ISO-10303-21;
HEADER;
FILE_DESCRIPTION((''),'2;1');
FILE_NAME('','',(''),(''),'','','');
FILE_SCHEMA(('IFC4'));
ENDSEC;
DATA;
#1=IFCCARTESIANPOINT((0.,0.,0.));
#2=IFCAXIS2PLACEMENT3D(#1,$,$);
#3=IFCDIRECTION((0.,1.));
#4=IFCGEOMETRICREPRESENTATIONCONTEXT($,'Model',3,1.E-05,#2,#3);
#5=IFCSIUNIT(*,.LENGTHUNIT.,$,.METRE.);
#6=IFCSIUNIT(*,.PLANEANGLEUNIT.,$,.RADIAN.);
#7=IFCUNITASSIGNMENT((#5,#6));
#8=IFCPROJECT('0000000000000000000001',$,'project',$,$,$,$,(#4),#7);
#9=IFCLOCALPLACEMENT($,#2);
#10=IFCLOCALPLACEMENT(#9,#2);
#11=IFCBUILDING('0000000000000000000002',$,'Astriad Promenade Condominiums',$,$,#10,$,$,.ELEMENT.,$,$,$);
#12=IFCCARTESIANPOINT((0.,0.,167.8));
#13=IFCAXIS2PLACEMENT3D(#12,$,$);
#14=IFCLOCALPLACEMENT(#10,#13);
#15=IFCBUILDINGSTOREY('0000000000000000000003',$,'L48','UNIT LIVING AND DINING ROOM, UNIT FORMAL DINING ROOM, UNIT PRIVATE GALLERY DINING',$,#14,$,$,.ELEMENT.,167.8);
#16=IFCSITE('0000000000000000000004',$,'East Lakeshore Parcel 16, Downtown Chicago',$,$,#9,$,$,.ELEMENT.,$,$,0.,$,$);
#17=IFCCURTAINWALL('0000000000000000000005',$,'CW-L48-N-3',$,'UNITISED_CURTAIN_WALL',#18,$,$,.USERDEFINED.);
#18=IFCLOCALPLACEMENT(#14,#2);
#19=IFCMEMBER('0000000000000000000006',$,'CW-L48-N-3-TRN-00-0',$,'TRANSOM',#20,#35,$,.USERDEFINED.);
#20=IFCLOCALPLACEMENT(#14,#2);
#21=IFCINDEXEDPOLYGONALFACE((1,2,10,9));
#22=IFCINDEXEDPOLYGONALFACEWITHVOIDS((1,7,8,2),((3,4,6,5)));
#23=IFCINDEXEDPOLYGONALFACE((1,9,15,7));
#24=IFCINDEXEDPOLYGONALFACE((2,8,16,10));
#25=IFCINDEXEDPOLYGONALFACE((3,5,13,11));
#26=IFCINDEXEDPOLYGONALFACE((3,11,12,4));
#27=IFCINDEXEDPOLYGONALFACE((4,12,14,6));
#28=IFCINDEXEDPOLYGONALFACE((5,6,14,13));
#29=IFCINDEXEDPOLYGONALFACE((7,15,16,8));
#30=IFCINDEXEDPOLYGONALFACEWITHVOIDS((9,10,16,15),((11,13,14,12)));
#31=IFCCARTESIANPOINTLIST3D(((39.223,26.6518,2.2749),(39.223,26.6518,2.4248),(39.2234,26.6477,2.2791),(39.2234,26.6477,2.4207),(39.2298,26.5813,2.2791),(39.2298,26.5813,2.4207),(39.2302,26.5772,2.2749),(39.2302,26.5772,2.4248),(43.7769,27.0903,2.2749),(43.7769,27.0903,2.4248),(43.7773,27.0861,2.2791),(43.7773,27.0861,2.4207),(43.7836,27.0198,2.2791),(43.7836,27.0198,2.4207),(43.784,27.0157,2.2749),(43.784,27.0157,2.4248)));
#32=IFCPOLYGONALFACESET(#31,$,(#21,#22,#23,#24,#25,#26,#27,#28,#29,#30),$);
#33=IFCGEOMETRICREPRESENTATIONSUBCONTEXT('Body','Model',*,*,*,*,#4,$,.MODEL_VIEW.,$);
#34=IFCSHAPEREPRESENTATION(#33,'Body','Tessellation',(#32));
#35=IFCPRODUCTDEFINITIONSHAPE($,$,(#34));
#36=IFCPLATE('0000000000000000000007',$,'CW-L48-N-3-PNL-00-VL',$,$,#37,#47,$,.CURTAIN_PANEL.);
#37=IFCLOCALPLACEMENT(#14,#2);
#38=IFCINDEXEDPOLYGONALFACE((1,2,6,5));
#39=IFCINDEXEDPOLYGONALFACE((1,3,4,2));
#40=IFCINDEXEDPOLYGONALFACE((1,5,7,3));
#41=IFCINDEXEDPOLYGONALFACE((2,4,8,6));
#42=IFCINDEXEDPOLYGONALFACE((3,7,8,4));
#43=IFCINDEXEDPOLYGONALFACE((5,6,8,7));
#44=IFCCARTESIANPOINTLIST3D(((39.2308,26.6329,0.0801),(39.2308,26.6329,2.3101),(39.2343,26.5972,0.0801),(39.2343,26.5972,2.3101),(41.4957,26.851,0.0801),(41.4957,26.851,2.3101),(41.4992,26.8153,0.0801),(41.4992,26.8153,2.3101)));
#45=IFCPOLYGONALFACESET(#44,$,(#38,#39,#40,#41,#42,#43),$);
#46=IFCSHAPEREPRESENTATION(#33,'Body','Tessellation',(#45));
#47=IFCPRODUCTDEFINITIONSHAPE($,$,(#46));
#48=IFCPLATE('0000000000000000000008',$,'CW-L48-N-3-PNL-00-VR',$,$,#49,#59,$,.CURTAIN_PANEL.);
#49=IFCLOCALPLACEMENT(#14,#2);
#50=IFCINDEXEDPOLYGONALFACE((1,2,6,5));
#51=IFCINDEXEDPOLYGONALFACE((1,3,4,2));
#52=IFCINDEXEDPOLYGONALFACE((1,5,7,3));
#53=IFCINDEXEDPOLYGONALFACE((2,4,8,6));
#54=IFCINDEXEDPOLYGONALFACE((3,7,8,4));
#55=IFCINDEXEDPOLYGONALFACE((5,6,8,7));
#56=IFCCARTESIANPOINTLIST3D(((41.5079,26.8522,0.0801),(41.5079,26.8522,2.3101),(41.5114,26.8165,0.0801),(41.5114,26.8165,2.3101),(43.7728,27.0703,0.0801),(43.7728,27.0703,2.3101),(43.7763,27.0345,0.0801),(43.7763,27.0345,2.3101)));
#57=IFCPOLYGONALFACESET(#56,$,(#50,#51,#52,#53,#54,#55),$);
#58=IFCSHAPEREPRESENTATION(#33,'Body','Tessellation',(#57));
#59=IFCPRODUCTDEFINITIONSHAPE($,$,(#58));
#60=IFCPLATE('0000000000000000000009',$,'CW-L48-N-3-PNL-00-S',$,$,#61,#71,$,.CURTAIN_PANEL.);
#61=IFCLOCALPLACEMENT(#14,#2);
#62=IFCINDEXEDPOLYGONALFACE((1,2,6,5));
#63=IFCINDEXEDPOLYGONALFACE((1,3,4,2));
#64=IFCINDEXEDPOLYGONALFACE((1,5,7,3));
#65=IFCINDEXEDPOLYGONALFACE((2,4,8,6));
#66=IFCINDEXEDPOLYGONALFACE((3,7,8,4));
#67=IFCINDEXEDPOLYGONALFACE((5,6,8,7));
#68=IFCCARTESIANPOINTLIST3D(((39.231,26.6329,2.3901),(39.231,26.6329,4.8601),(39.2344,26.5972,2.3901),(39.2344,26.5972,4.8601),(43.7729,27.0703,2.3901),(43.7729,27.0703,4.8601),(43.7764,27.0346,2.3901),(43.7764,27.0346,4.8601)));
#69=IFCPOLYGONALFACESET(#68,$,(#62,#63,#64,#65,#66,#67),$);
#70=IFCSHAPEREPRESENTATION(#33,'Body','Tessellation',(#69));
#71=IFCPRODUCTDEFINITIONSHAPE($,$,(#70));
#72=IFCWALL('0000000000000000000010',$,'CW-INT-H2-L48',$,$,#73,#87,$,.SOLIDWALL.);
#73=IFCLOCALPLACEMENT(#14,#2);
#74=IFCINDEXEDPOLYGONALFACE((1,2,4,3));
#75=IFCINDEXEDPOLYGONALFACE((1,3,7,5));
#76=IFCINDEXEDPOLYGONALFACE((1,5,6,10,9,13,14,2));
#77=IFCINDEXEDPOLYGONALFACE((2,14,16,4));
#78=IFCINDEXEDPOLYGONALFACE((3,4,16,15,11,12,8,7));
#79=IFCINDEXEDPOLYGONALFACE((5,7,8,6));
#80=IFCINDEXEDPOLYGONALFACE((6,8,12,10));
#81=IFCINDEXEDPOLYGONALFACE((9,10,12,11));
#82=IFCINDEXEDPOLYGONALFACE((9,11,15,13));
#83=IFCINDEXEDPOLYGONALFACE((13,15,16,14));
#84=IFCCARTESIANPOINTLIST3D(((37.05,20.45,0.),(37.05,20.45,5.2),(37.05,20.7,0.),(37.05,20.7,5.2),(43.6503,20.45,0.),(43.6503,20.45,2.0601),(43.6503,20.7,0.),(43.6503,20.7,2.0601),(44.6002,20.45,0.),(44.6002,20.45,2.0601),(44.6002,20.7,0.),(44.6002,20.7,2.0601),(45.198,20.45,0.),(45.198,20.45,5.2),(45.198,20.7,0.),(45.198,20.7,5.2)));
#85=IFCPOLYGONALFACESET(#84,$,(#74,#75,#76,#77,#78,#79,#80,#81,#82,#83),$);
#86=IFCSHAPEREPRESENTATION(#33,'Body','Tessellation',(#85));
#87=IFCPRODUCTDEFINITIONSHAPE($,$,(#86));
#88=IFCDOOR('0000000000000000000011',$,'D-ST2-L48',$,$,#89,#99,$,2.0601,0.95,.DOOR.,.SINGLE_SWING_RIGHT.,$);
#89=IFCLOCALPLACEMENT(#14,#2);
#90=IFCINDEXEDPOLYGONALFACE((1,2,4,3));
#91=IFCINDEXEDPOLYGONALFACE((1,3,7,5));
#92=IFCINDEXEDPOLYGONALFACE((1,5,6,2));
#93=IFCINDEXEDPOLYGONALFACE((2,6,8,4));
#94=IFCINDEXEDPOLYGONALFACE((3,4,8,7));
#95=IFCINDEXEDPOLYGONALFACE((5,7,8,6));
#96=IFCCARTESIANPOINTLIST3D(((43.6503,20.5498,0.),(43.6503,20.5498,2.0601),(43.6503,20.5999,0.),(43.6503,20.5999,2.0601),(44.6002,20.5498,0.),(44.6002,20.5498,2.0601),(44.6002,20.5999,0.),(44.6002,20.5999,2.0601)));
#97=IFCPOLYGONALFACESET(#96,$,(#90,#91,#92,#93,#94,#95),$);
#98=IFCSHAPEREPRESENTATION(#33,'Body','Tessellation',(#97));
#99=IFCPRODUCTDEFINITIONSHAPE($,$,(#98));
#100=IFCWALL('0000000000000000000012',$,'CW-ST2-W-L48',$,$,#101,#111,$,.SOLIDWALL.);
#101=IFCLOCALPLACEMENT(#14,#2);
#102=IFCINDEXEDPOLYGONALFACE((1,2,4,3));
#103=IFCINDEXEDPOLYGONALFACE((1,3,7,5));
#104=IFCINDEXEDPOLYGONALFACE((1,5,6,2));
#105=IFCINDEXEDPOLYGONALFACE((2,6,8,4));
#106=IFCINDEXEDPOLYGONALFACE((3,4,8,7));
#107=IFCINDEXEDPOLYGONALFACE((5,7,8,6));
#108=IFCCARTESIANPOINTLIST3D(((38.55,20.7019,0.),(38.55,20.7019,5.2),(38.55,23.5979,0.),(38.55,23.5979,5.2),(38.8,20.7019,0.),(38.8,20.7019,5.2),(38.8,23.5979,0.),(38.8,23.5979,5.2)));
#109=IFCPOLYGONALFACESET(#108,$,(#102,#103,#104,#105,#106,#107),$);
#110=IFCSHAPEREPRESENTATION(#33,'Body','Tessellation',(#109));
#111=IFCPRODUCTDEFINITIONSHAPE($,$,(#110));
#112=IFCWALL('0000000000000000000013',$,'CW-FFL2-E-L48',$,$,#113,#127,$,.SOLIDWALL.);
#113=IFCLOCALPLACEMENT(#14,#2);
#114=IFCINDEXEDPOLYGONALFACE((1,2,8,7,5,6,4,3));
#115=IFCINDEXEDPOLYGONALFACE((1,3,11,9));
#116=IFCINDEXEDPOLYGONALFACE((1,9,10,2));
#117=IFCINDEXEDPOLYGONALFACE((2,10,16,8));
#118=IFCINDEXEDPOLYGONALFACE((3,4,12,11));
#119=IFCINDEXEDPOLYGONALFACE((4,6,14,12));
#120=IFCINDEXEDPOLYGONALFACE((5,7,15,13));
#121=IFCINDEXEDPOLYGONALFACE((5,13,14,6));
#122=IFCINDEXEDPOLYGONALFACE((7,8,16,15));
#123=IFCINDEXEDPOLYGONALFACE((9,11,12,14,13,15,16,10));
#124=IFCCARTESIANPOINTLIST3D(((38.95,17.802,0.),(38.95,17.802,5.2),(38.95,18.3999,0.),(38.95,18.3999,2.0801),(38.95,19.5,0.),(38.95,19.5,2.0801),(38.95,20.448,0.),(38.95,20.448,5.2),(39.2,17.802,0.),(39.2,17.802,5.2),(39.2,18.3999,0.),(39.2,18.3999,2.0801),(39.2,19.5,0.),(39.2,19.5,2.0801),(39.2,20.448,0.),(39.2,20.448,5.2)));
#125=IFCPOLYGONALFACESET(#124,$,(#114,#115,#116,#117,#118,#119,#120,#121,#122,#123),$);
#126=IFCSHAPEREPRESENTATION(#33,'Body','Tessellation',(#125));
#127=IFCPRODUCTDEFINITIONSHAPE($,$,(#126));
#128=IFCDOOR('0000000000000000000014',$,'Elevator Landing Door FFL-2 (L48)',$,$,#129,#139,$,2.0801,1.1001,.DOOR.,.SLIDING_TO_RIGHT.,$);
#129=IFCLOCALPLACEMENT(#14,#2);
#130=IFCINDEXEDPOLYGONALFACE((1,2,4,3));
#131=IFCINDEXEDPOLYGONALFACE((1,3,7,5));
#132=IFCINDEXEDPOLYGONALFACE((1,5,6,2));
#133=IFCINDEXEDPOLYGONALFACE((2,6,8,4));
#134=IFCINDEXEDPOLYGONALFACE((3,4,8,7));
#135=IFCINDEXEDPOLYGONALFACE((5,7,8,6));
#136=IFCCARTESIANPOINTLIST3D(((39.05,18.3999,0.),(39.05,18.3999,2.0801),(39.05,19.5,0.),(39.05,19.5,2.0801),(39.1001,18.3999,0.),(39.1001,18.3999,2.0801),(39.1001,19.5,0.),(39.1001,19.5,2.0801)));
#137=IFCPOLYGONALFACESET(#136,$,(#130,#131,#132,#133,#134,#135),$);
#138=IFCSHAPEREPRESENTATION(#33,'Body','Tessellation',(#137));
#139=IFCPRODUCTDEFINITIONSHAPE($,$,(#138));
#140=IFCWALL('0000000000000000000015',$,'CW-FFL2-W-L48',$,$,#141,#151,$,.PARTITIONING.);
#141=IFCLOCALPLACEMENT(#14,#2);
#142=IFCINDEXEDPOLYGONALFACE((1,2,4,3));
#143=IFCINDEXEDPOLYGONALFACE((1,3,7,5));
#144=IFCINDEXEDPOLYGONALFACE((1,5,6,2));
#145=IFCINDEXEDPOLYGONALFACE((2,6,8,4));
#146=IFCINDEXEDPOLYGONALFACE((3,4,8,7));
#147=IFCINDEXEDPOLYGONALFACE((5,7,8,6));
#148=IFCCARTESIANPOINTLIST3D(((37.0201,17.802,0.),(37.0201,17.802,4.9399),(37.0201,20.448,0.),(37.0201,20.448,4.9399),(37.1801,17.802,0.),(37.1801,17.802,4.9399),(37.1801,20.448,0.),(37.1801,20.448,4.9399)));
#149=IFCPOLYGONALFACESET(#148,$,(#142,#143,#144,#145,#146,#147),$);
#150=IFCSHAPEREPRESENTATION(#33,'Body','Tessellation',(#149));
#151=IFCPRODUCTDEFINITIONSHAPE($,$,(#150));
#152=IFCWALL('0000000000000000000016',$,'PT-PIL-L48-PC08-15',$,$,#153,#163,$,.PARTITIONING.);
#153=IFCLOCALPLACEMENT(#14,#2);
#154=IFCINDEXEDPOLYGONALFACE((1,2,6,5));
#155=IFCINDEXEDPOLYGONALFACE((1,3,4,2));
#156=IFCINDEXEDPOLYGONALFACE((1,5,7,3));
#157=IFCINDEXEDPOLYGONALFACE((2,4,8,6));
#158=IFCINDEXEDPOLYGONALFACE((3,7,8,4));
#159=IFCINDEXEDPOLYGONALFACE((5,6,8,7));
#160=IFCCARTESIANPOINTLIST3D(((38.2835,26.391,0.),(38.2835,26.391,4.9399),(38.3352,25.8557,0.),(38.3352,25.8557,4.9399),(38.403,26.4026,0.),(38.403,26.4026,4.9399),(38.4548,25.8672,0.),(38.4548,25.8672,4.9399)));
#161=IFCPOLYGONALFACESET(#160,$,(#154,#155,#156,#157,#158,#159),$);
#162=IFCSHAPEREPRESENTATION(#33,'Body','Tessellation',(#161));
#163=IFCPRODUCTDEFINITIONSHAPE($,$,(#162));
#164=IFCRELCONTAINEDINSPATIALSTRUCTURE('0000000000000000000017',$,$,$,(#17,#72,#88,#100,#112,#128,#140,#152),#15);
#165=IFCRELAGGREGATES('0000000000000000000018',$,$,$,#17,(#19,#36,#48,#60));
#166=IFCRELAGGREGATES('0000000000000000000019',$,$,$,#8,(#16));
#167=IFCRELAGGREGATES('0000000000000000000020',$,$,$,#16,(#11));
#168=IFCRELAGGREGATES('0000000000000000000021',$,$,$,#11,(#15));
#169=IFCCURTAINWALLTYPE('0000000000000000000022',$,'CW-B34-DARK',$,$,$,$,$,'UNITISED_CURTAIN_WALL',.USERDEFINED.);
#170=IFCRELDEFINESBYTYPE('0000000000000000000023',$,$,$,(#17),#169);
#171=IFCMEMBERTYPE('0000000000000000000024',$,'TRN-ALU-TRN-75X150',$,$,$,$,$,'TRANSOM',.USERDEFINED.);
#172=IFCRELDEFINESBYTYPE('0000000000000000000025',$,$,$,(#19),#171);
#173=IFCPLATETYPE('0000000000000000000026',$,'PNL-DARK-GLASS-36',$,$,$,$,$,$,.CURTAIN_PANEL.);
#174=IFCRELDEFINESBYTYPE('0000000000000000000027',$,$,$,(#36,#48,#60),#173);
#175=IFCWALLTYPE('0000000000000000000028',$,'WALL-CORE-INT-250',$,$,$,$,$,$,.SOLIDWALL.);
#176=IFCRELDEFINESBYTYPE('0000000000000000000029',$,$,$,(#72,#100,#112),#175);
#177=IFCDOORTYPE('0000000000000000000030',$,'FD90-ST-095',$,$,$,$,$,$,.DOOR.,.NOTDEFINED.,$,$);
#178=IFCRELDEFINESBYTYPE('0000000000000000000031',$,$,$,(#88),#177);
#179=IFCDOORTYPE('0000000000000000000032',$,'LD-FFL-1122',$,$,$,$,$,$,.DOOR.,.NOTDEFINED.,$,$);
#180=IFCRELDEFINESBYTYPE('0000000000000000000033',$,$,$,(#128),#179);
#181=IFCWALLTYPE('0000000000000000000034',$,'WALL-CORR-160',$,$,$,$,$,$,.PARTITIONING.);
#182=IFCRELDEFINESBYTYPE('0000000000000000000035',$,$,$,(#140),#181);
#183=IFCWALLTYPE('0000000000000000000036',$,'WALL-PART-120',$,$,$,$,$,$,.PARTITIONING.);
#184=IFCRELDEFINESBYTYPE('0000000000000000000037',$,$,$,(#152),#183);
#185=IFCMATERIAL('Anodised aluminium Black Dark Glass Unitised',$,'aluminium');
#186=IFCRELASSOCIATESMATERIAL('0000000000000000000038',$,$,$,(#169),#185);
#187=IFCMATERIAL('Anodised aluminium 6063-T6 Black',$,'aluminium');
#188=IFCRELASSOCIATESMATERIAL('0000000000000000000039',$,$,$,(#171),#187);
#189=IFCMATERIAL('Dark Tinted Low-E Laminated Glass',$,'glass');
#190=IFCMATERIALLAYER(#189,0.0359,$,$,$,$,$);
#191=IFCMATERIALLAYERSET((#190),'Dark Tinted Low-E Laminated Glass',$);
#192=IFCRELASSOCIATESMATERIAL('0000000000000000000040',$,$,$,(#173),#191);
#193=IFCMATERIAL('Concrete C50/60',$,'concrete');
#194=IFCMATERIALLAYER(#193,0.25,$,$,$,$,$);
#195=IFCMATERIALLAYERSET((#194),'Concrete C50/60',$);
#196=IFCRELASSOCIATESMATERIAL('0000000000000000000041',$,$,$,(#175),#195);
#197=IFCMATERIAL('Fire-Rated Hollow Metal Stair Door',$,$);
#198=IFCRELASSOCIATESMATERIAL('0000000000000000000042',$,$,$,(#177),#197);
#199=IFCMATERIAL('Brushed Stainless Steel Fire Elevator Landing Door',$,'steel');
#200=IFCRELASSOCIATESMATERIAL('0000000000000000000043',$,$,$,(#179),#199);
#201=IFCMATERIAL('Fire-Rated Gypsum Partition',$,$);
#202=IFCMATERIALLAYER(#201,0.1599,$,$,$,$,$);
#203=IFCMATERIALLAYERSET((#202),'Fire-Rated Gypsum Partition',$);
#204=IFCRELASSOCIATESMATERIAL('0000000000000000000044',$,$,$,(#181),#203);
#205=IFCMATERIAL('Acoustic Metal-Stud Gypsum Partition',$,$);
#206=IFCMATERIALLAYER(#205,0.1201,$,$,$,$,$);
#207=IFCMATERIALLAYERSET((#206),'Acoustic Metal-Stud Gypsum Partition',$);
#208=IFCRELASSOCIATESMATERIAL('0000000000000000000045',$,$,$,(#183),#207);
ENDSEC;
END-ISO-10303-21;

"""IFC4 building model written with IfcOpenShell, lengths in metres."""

from ifc_helpers import new_model, si_unit, direction, frame, frame_2d, origin, origin_2d, place, context, subcontext, project, spatial, rectangle, hollow_rectangle, extrude, source, transform, mapped, material, layer, layer_set, material_profile, profile_set, type_object, type_shapes, element, fill, aggregate, save


model = new_model("IFC4")

# Units and contexts
model_context = context("Model", 3, precision=1e-05, world=origin(), true_north=direction((0.0, 1.0)))
body_context = subcontext(model_context, "Body", "Model", "MODEL_VIEW")
ifc_project = project(units=[si_unit("LENGTHUNIT", "METRE"), si_unit("PLANEANGLEUNIT", "RADIAN")], contexts=[model_context])

# Site, building, storey
site_placement = place(None, origin())
site = spatial("IfcSite", under=ifc_project, at=site_placement, Name="East Lakeshore Parcel 16, Downtown Chicago", CompositionType="ELEMENT", RefElevation=0.0)
building_placement = place(site_placement, origin())
building = spatial("IfcBuilding", under=site, at=building_placement, Name="Astriad Promenade Condominiums", CompositionType="ELEMENT")
storey_placement = place(building_placement, frame((0.0, 0.0, 167.8)))
storey = spatial("IfcBuildingStorey", under=building, at=storey_placement, Name="L48", Description="UNIT LIVING AND DINING ROOM, UNIT FORMAL DINING ROOM, UNIT PRIVATE GALLERY DINING", CompositionType="ELEMENT", Elevation=167.8)

# Shared definitions
ifc_material_1 = material(Name="Concrete C50/60", Category="concrete")

# Curtain wall, member, plates
ifc_material_2 = material(Name="Anodised aluminium Black Dark Glass Unitised", Category="aluminium")
curtain_wall_type = type_object("IfcCurtainWallType", Name="CW-B34-DARK", ElementType="UNITISED_CURTAIN_WALL", PredefinedType="USERDEFINED", material=ifc_material_2)
curtain_wall_placement = place(storey_placement, origin())
curtain_wall = element("IfcCurtainWall", 1, at=curtain_wall_placement, inside=storey, type_object=curtain_wall_type, Name="CW-L48-N-3", ObjectType="UNITISED_CURTAIN_WALL", PredefinedType="USERDEFINED")
ifc_material_3 = material(Name="Anodised aluminium 6063-T6 Black", Category="aluminium")
ifc_material_profile_1 = material_profile(ifc_material_3, hollow_rectangle(XDim=0.075, YDim=0.1499, WallThickness=0.0042, at=origin_2d()), Name="ALU-TRN-75X150")
ifc_profile_set_1 = profile_set([ifc_material_profile_1], Name="Anodised aluminium 6063-T6 Black")
member_type_1 = type_object("IfcMemberType", Name="TRN-ALU-TRN-75X150", ElementType="TRANSOM", PredefinedType="USERDEFINED", material=ifc_profile_set_1)
shared_shape_1 = source(origin(), body_context, "Body", "SweptSolid", [
    extrude(hollow_rectangle(XDim=0.075, YDim=0.1499, WallThickness=0.0042, at=origin_2d()), origin(), (0.0, 0.0, 1.0), 4.575),
])
type_shapes(member_type_1, [shared_shape_1])
member_1_placement = place(storey_placement, frame((39.2266, 26.6145, 2.3499), z_axis=(0.995397, 0.095842, 0.0), x_axis=(-0.095842, 0.995397, 0.0)))
member_1 = element("IfcMember", 2, at=member_1_placement, type_object=member_type_1, Name="CW-L48-N-3-TRN-00-0", ObjectType="TRANSOM", PredefinedType="USERDEFINED", context=body_context, shape_type="MappedRepresentation", body=[
    mapped(shared_shape_1, transform((0.0, 0.0, 0.0), scale=1.0)),
])
ifc_material_4 = material(Name="Dark Tinted Low-E Laminated Glass", Category="glass")
ifc_layer_1 = layer(ifc_material_4, 0.0359)
ifc_layer_set_1 = layer_set([ifc_layer_1], Name="Dark Tinted Low-E Laminated Glass")
plate_type = type_object("IfcPlateType", Name="PNL-DARK-GLASS-36", PredefinedType="CURTAIN_PANEL", material=ifc_layer_set_1)
shared_shape_2 = source(origin(), body_context, "Body", "SweptSolid", [
    extrude(rectangle(XDim=2.2754, YDim=0.0359, at=origin_2d()), origin(), (0.0, 0.0, 1.0), 2.23),
])
plate_1_placement = place(storey_placement, frame((40.365, 26.7241, 0.0801), z_axis=(0.0, 0.0, 1.0), x_axis=(0.995396, 0.095846, 0.0)))
plate_1 = element("IfcPlate", 3, at=plate_1_placement, type_object=plate_type, Name="CW-L48-N-3-PNL-00-VL", PredefinedType="CURTAIN_PANEL", context=body_context, shape_type="MappedRepresentation", body=[
    mapped(shared_shape_2, transform((0.0, 0.0, 0.0), scale=1.0)),
])
plate_2_placement = place(storey_placement, frame((42.6421, 26.9434, 0.0801), z_axis=(0.0, 0.0, 1.0), x_axis=(0.995396, 0.095846, 0.0)))
plate_2 = element("IfcPlate", 4, at=plate_2_placement, type_object=plate_type, Name="CW-L48-N-3-PNL-00-VR", PredefinedType="CURTAIN_PANEL", context=body_context, shape_type="MappedRepresentation", body=[
    mapped(shared_shape_2, transform((0.0, 0.0, 0.0), scale=1.0)),
])
shared_shape_3 = source(origin(), body_context, "Body", "SweptSolid", [
    extrude(rectangle(XDim=4.563, YDim=0.0359, at=origin_2d()), origin(), (0.0, 0.0, 1.0), 2.47),
])
type_shapes(plate_type, [shared_shape_2, shared_shape_3])
plate_3_placement = place(storey_placement, frame((41.5037, 26.8337, 2.3901), z_axis=(0.0, 0.0, 1.0), x_axis=(0.995396, 0.095846, 0.0)))
plate_3 = element("IfcPlate", 5, at=plate_3_placement, type_object=plate_type, Name="CW-L48-N-3-PNL-00-S", PredefinedType="CURTAIN_PANEL", context=body_context, shape_type="MappedRepresentation", body=[
    mapped(shared_shape_3, transform((0.0, 0.0, 0.0), scale=1.0)),
])
aggregate(curtain_wall, [member_1, plate_1, plate_2, plate_3])

# Wall, opening, door
ifc_layer_2 = layer(ifc_material_1, 0.25)
ifc_layer_set_2 = layer_set([ifc_layer_2], Name="Concrete C50/60")
wall_type_1 = type_object("IfcWallType", Name="WALL-CORE-INT-250", PredefinedType="SOLIDWALL", material=ifc_layer_set_2)
wall_1_placement = place(storey_placement, frame((37.05, 20.575, 0.0), z_axis=(0.0, 0.0, 1.0), x_axis=(1.0, 0.0, 0.0)))
wall_1 = element("IfcWall", 6, at=wall_1_placement, inside=storey, type_object=wall_type_1, Name="CW-INT-H2-L48", PredefinedType="SOLIDWALL", context=body_context, shape_type="SweptSolid", body=[
    extrude(rectangle(XDim=8.1479, YDim=0.25, at=frame_2d((4.074, 0.0))), origin(), (0.0, 0.0, 1.0), 5.2),
])
opening_1_placement = place(wall_1_placement, frame((6.6001, 0.0, 0.0)))
opening_1 = element("IfcOpeningElement", 7, at=opening_1_placement, cuts=wall_1, PredefinedType="OPENING", context=body_context, shape_type="SweptSolid", body=[
    extrude(rectangle(XDim=0.95, YDim=2.0601, at=frame_2d((0.4751, 1.03))), frame((0.0, 0.135, 0.0), z_axis=(0.0, -1.0, 0.0), x_axis=(1.0, 0.0, 0.0)), (0.0, 0.0, 1.0), 0.27),
])
ifc_material_5 = material(Name="Fire-Rated Hollow Metal Stair Door")
door_type_1 = type_object("IfcDoorType", Name="FD90-ST-095", OperationType="NOTDEFINED", PredefinedType="DOOR", material=ifc_material_5)
shared_shape_4 = source(origin(), body_context, "Body", "SweptSolid", [
    extrude(rectangle(XDim=0.95, YDim=2.0601, at=frame_2d((0.4751, 1.03))), frame((0.0, 0.0249, 0.0), z_axis=(0.0, -1.0, 0.0), x_axis=(1.0, 0.0, 0.0)), (0.0, 0.0, 1.0), 0.05),
])
type_shapes(door_type_1, [shared_shape_4])
door_1_placement = place(opening_1_placement, origin())
door_1 = element("IfcDoor", 8, at=door_1_placement, inside=storey, type_object=door_type_1, Name="D-ST2-L48", OperationType="SINGLE_SWING_RIGHT", OverallHeight=2.0601, OverallWidth=0.95, PredefinedType="DOOR", context=body_context, shape_type="MappedRepresentation", body=[
    mapped(shared_shape_4, transform((0.0, 0.0, 0.0), scale=1.0)),
])
fill(opening_1, door_1)

# Wall
wall_2_placement = place(storey_placement, frame((38.675, 20.7019, 0.0), z_axis=(0.0, 0.0, 1.0), x_axis=(0.0, 1.0, 0.0)))
element("IfcWall", 9, at=wall_2_placement, inside=storey, type_object=wall_type_1, Name="CW-ST2-W-L48", PredefinedType="SOLIDWALL", context=body_context, shape_type="SweptSolid", body=[
    extrude(rectangle(XDim=2.896, YDim=0.25, at=frame_2d((1.448, 0.0))), origin(), (0.0, 0.0, 1.0), 5.2),
])

# Wall, opening, door
wall_3_placement = place(storey_placement, frame((39.075, 17.802, 0.0), z_axis=(0.0, 0.0, 1.0), x_axis=(0.0, 1.0, 0.0)))
wall_3 = element("IfcWall", 10, at=wall_3_placement, inside=storey, type_object=wall_type_1, Name="CW-FFL2-E-L48", PredefinedType="SOLIDWALL", context=body_context, shape_type="SweptSolid", body=[
    extrude(rectangle(XDim=2.646, YDim=0.25, at=frame_2d((1.323, 0.0))), origin(), (0.0, 0.0, 1.0), 5.2),
])
opening_2_placement = place(wall_3_placement, frame((0.5979, 0.0, 0.0)))
opening_2 = element("IfcOpeningElement", 11, at=opening_2_placement, cuts=wall_3, PredefinedType="OPENING", context=body_context, shape_type="SweptSolid", body=[
    extrude(rectangle(XDim=1.1001, YDim=2.0801, at=frame_2d((0.55, 1.04))), frame((0.0, 0.135, 0.0), z_axis=(0.0, -1.0, 0.0), x_axis=(1.0, 0.0, 0.0)), (0.0, 0.0, 1.0), 0.27),
])
ifc_material_6 = material(Name="Brushed Stainless Steel Fire Elevator Landing Door", Category="steel")
door_type_2 = type_object("IfcDoorType", Name="LD-FFL-1122", OperationType="NOTDEFINED", PredefinedType="DOOR", material=ifc_material_6)
shared_shape_5 = source(origin(), body_context, "Body", "SweptSolid", [
    extrude(rectangle(XDim=1.1001, YDim=2.0801, at=frame_2d((0.55, 1.04))), frame((0.0, 0.0249, 0.0), z_axis=(0.0, -1.0, 0.0), x_axis=(1.0, 0.0, 0.0)), (0.0, 0.0, 1.0), 0.05),
])
type_shapes(door_type_2, [shared_shape_5])
door_2_placement = place(opening_2_placement, origin())
door_2 = element("IfcDoor", 12, at=door_2_placement, inside=storey, type_object=door_type_2, Name="Elevator Landing Door FFL-2 (L48)", OperationType="SLIDING_TO_RIGHT", OverallHeight=2.0801, OverallWidth=1.1001, PredefinedType="DOOR", context=body_context, shape_type="MappedRepresentation", body=[
    mapped(shared_shape_5, transform((0.0, 0.0, 0.0), scale=1.0)),
])
fill(opening_2, door_2)

# Walls
ifc_material_7 = material(Name="Fire-Rated Gypsum Partition")
ifc_layer_3 = layer(ifc_material_7, 0.1599)
ifc_layer_set_3 = layer_set([ifc_layer_3], Name="Fire-Rated Gypsum Partition")
wall_type_2 = type_object("IfcWallType", Name="WALL-CORR-160", PredefinedType="PARTITIONING", material=ifc_layer_set_3)
wall_4_placement = place(storey_placement, frame((37.1001, 17.802, 0.0), z_axis=(0.0, 0.0, 1.0), x_axis=(0.0, 1.0, 0.0)))
element("IfcWall", 13, at=wall_4_placement, inside=storey, type_object=wall_type_2, Name="CW-FFL2-W-L48", PredefinedType="PARTITIONING", context=body_context, shape_type="SweptSolid", body=[
    extrude(rectangle(XDim=2.646, YDim=0.1599, at=frame_2d((1.323, 0.0))), origin(), (0.0, 0.0, 1.0), 4.9399),
])
ifc_material_8 = material(Name="Acoustic Metal-Stud Gypsum Partition")
ifc_layer_4 = layer(ifc_material_8, 0.1201)
ifc_layer_set_4 = layer_set([ifc_layer_4], Name="Acoustic Metal-Stud Gypsum Partition")
wall_type_3 = type_object("IfcWallType", Name="WALL-PART-120", PredefinedType="PARTITIONING", material=ifc_layer_set_4)
wall_5_placement = place(storey_placement, frame((38.395, 25.8613, 0.0), z_axis=(0.0, 0.0, 1.0), x_axis=(-0.096223, 0.99536, 0.0)))
element("IfcWall", 14, at=wall_5_placement, inside=storey, type_object=wall_type_3, Name="PT-PIL-L48-PC08-15", PredefinedType="PARTITIONING", context=body_context, shape_type="SweptSolid", body=[
    extrude(rectangle(XDim=0.5378, YDim=0.1201, at=frame_2d((0.269, 0.0))), origin(), (0.0, 0.0, 1.0), 4.9399),
])

save(model, "model.ifc")
